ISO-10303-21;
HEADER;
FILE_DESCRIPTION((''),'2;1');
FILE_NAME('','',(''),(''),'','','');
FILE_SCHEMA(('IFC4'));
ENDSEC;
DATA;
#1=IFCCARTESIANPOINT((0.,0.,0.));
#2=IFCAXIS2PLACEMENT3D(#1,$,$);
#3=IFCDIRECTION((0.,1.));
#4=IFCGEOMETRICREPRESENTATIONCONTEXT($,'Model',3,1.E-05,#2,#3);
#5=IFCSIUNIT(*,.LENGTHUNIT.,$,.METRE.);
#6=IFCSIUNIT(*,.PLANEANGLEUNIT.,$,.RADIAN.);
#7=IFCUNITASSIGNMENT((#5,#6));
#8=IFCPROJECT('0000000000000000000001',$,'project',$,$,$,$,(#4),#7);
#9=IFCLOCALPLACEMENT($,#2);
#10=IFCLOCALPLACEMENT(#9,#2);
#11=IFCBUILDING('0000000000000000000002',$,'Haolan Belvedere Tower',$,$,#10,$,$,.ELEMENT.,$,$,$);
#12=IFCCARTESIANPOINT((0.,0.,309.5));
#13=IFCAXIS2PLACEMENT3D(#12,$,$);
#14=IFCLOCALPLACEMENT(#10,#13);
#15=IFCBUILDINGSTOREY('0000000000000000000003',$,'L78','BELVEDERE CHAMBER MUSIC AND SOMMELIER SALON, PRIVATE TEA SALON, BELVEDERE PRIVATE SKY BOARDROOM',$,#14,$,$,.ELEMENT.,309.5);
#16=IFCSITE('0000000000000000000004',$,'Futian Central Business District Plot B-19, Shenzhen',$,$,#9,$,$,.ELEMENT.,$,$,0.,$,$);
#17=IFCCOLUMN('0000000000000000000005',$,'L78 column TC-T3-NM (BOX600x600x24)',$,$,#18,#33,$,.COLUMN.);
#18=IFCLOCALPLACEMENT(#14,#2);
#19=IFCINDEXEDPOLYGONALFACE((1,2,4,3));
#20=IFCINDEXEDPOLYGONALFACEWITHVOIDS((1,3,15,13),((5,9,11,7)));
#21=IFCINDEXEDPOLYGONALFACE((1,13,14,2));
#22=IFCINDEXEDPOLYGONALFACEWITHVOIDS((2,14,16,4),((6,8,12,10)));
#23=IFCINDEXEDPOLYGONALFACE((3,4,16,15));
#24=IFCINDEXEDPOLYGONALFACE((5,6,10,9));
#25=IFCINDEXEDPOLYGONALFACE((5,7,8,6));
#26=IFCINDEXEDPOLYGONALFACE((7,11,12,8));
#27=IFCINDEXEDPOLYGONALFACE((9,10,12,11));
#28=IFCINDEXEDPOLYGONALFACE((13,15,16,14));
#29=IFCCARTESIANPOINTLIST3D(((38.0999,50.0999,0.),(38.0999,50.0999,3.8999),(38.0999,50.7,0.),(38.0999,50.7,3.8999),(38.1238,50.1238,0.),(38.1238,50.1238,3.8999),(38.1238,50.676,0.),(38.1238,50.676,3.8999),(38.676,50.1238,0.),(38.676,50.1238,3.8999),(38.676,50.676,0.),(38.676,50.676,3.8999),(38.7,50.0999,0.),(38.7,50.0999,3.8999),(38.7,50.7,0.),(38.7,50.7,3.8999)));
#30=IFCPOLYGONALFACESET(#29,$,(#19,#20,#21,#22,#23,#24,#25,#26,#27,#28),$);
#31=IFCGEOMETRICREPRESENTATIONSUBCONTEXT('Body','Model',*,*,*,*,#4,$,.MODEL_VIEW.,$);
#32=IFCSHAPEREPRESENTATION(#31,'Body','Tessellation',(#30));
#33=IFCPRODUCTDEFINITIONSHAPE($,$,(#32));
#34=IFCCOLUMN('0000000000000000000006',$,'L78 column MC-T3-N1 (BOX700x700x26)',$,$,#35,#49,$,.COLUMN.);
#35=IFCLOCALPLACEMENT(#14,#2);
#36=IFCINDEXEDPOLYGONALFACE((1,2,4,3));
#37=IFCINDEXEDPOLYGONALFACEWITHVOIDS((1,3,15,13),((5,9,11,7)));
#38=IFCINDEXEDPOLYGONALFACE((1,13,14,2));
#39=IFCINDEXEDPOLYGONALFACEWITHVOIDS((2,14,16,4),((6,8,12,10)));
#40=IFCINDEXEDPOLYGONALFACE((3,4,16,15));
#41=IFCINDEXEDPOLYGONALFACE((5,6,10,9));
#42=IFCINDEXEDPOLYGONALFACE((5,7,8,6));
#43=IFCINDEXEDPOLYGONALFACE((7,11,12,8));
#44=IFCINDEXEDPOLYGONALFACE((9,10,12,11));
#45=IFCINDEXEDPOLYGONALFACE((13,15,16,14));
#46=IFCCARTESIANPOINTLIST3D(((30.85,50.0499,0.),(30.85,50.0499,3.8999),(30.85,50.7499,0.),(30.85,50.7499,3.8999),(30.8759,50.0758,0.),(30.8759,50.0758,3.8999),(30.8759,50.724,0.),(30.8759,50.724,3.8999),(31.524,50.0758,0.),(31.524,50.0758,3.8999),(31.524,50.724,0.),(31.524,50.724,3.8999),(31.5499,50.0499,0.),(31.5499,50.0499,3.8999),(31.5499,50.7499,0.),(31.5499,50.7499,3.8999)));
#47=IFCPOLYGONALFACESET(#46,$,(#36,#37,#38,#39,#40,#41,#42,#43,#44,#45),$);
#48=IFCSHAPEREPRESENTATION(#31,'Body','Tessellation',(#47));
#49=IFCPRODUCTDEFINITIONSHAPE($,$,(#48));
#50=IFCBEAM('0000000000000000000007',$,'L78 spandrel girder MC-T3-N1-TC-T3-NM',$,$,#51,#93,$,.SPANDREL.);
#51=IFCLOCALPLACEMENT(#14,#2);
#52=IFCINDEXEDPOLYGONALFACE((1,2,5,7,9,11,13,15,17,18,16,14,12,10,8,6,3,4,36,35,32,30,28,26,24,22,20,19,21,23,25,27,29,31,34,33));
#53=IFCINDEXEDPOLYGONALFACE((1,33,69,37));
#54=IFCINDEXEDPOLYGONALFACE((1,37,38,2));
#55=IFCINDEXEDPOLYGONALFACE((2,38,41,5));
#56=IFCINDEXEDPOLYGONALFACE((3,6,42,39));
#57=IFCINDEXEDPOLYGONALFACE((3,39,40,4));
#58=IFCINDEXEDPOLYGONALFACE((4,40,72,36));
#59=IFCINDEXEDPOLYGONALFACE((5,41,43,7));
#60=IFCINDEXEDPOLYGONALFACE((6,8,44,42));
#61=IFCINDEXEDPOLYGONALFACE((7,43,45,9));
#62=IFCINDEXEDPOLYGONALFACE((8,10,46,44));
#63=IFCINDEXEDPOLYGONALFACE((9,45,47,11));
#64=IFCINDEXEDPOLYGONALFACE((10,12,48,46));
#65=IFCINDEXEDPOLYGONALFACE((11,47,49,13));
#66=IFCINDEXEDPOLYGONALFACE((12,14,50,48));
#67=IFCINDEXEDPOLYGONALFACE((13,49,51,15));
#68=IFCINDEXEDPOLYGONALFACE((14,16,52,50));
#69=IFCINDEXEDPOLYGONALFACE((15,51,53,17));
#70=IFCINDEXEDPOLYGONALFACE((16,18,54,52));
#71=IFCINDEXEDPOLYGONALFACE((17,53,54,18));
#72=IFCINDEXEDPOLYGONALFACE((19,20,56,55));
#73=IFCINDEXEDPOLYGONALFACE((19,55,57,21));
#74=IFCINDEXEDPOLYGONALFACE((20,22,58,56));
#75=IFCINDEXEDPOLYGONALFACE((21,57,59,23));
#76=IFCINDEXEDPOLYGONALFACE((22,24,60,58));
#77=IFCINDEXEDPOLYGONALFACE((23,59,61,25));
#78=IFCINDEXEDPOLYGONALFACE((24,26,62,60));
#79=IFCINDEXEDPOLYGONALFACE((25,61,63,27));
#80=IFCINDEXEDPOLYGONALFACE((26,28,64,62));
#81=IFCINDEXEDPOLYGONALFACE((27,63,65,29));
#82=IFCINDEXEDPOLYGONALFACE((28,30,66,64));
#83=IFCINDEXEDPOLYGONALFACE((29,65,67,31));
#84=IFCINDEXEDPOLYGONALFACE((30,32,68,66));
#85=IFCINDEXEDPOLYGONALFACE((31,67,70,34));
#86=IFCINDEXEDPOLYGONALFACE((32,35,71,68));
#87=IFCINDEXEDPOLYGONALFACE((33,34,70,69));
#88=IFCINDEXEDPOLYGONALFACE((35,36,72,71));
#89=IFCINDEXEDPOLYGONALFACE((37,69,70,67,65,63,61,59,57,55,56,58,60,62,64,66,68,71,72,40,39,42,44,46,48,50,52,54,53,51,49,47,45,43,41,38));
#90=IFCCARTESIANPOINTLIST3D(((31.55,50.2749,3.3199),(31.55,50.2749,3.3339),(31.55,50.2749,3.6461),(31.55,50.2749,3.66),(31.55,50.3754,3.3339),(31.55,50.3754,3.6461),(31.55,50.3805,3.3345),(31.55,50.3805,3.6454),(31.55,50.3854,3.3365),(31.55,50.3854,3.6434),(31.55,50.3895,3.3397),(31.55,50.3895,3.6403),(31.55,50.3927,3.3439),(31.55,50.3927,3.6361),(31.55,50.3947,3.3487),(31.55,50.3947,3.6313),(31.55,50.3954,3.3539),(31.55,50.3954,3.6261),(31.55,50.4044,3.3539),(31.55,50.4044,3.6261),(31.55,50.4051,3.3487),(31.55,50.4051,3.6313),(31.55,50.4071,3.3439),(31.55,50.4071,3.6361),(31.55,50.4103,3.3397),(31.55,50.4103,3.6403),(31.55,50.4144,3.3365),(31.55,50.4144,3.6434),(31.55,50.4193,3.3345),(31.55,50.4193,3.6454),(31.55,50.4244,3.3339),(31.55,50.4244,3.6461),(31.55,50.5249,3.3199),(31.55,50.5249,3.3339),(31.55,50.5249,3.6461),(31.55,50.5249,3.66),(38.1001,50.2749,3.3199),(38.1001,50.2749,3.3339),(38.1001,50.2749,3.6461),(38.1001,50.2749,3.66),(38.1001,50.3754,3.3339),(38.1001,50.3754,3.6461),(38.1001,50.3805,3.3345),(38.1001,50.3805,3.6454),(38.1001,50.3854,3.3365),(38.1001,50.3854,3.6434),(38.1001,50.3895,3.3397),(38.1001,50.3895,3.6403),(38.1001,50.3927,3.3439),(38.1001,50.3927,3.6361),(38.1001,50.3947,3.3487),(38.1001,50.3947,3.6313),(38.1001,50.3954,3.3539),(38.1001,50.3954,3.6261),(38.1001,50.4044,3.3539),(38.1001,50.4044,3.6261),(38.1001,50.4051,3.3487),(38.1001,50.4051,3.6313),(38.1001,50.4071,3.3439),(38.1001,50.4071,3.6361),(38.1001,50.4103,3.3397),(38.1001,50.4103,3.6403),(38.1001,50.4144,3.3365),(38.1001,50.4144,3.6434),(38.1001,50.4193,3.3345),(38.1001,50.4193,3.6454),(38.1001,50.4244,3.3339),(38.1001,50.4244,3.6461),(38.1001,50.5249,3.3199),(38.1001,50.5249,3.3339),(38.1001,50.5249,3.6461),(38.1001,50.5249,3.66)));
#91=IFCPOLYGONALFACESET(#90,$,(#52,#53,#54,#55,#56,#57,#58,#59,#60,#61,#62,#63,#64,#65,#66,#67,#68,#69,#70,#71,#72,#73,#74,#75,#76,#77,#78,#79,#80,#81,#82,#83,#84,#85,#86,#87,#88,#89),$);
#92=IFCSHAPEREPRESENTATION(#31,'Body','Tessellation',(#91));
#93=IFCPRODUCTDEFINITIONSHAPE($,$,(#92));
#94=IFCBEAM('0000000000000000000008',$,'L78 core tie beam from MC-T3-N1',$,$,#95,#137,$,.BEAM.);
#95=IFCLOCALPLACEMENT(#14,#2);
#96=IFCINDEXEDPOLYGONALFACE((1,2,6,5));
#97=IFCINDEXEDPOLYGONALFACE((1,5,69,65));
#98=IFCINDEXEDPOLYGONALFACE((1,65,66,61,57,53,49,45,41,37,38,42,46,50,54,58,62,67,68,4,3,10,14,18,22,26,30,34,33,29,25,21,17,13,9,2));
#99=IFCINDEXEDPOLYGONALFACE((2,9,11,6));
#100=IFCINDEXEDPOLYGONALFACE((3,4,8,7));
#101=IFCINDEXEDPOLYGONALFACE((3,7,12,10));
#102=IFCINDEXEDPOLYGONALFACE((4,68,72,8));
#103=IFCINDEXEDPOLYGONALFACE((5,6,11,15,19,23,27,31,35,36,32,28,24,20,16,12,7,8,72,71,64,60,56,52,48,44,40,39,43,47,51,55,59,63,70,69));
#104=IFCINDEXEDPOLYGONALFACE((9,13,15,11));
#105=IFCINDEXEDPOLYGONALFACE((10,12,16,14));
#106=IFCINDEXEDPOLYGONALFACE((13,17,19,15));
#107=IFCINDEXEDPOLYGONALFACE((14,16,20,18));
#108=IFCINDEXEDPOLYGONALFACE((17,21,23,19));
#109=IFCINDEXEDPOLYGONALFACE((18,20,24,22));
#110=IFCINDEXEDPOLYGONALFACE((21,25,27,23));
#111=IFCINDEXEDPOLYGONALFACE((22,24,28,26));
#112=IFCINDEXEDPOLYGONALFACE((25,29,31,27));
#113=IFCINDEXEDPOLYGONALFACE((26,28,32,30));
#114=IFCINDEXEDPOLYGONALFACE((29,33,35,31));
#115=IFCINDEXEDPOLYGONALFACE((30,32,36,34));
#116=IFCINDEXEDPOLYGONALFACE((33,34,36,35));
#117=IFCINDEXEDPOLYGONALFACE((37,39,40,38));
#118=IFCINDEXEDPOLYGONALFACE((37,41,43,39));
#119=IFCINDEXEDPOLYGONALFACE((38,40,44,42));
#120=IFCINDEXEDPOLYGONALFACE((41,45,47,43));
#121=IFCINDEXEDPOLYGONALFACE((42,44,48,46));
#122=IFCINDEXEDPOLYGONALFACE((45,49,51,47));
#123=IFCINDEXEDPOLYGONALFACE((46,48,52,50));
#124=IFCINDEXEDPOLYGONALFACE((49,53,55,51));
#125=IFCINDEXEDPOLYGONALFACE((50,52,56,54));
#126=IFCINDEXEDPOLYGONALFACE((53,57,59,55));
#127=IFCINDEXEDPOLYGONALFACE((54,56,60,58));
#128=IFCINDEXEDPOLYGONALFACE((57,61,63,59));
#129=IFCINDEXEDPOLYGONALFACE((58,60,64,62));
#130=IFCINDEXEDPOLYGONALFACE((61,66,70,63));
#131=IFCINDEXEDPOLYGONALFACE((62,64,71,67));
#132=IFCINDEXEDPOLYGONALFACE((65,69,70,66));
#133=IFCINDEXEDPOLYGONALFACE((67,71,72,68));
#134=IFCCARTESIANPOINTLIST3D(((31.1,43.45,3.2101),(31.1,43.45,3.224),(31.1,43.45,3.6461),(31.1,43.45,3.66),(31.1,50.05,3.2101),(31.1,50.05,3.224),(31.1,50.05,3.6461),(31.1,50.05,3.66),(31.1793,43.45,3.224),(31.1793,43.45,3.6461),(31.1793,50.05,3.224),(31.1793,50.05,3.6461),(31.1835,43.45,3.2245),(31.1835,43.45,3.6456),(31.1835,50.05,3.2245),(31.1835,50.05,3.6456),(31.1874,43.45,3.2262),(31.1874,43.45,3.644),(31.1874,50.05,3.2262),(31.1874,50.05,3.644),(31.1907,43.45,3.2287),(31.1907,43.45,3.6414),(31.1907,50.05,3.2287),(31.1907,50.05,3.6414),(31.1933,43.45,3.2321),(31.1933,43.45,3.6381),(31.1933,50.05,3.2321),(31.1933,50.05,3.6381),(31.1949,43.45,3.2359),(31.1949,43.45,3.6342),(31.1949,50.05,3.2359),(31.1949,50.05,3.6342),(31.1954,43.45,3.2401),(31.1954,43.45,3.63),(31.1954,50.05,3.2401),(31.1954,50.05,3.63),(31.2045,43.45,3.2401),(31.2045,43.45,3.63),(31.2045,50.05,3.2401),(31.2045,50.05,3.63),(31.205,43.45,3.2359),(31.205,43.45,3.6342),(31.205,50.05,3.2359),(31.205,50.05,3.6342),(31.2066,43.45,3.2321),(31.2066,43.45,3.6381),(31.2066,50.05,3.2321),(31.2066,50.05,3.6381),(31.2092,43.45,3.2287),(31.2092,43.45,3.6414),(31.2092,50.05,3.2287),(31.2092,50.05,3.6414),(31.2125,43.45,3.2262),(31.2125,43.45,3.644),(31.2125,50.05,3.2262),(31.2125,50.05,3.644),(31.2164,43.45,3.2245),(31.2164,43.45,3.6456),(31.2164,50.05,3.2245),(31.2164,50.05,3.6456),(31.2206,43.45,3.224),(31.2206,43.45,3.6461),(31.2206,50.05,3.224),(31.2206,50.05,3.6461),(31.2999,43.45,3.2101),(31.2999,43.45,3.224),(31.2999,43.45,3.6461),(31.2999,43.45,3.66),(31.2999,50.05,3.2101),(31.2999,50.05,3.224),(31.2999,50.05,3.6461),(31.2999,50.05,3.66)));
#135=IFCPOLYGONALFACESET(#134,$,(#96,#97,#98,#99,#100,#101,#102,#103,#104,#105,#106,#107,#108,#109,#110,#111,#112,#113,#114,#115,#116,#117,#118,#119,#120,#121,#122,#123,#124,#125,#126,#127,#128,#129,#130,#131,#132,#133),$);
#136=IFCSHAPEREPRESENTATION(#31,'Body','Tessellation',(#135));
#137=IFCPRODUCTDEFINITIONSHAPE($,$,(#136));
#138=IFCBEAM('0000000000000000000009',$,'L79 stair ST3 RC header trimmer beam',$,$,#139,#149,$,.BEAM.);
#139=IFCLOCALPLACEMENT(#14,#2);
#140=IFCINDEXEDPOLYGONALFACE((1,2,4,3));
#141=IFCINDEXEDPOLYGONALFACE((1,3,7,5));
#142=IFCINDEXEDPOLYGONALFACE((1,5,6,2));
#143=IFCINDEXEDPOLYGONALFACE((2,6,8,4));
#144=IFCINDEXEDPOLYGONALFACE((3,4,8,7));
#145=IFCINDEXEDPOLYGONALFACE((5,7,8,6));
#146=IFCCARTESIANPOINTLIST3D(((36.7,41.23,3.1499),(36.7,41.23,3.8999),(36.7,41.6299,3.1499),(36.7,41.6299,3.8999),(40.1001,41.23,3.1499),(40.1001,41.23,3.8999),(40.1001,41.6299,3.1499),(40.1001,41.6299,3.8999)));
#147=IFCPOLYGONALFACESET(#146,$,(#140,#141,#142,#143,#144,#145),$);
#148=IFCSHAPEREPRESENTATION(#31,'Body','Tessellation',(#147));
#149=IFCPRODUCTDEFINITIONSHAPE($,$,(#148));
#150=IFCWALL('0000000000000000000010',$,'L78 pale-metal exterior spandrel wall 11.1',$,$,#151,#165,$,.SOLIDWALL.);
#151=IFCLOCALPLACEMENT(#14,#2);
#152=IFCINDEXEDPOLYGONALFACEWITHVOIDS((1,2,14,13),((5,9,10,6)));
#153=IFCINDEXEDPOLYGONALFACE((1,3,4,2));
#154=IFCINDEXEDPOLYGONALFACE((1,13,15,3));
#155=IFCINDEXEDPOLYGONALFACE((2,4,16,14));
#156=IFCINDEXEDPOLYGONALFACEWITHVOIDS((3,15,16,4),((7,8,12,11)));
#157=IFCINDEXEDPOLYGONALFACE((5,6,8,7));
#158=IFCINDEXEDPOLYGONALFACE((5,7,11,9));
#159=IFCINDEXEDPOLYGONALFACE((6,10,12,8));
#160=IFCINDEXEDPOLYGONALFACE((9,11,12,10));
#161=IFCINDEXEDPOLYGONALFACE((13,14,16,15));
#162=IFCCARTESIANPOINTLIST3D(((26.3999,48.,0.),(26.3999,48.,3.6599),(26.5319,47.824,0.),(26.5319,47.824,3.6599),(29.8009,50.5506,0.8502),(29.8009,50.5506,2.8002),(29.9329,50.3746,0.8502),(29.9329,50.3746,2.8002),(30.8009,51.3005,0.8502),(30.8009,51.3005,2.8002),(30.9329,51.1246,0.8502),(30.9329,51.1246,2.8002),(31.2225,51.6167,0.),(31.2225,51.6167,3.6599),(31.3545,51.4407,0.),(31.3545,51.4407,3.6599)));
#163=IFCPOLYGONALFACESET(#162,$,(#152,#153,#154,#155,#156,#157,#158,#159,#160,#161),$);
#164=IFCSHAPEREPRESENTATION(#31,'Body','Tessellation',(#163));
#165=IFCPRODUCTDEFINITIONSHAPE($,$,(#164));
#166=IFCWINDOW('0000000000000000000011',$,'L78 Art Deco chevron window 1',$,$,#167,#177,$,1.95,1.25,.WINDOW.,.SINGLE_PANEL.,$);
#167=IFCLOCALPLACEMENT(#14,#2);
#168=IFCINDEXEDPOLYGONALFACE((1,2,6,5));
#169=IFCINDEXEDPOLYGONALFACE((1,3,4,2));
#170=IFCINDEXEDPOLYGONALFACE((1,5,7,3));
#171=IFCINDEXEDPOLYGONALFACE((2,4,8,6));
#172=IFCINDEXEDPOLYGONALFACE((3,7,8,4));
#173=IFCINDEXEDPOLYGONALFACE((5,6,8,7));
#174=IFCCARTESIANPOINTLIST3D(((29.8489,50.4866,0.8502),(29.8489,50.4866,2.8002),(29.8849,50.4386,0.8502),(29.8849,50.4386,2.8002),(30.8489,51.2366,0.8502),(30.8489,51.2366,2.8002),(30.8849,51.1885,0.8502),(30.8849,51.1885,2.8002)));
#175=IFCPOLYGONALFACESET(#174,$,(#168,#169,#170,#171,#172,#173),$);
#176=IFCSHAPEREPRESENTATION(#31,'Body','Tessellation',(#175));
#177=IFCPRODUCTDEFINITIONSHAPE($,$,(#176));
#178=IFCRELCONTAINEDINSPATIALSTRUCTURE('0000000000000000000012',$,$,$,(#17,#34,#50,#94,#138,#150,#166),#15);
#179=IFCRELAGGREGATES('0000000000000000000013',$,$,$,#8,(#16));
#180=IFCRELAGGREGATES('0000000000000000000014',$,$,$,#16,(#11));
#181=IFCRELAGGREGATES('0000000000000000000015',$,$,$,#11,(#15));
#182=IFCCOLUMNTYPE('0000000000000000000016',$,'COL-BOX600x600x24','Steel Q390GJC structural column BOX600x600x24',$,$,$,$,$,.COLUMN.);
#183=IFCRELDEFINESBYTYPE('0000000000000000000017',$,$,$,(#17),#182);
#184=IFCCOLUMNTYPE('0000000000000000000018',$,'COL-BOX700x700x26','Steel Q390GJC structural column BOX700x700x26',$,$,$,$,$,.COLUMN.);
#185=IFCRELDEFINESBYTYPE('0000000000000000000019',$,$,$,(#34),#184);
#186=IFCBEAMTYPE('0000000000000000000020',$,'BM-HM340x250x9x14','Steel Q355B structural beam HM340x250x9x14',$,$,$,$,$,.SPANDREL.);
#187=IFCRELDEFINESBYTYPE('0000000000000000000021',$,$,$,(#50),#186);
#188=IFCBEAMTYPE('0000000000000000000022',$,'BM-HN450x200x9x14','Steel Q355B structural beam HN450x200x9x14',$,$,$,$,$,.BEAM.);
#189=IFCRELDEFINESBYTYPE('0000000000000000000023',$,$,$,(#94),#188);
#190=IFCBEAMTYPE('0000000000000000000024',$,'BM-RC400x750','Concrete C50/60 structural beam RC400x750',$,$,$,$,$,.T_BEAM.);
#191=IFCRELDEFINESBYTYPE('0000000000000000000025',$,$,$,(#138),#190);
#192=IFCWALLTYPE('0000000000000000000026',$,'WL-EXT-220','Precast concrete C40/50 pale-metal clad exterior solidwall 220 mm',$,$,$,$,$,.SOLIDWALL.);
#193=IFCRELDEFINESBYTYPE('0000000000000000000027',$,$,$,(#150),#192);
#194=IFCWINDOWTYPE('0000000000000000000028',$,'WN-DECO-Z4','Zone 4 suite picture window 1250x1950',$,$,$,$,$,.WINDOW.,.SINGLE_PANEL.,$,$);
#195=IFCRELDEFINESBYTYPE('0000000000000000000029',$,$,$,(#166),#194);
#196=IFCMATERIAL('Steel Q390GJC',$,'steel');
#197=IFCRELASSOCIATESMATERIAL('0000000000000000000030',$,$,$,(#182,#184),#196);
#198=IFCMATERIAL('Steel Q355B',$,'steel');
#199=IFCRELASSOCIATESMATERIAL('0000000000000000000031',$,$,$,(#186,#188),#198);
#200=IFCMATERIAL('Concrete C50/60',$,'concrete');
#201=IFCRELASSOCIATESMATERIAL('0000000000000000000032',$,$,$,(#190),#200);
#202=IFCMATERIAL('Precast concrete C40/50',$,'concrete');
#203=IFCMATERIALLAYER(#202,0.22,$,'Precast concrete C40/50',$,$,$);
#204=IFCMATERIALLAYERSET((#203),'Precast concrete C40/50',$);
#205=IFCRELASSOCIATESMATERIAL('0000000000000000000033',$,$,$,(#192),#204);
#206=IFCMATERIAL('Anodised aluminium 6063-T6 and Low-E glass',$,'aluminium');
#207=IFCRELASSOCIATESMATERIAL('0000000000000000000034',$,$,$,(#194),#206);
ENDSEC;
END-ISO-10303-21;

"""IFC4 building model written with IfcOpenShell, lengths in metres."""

from ifc_helpers import new_model, si_unit, direction, frame, frame_2d, origin, origin_2d, place, context, subcontext, project, spatial, rectangle, hollow_rectangle, i_section, extrude, material, layer, layer_set, material_profile, profile_set, type_object, element, fill, save


model = new_model("IFC4")

# Units and contexts
model_context = context("Model", 3, precision=1e-05, world=origin(), true_north=direction((0.0, 1.0)))
body_context = subcontext(model_context, "Body", "Model", "MODEL_VIEW")
ifc_project = project(units=[si_unit("LENGTHUNIT", "METRE"), si_unit("PLANEANGLEUNIT", "RADIAN")], contexts=[model_context])

# Site, building, storey
site_placement = place(None, origin())
site = spatial("IfcSite", under=ifc_project, at=site_placement, Name="Futian Central Business District Plot B-19, Shenzhen", CompositionType="ELEMENT", RefElevation=0.0)
building_placement = place(site_placement, origin())
building = spatial("IfcBuilding", under=site, at=building_placement, Name="Haolan Belvedere Tower", CompositionType="ELEMENT")
storey_placement = place(building_placement, frame((0.0, 0.0, 309.5)))
storey = spatial("IfcBuildingStorey", under=building, at=storey_placement, Name="L78", Description="BELVEDERE CHAMBER MUSIC AND SOMMELIER SALON, PRIVATE TEA SALON, BELVEDERE PRIVATE SKY BOARDROOM", CompositionType="ELEMENT", Elevation=309.5)

# Columns
ifc_material_1 = material(Name="Steel Q390GJC", Category="steel")
ifc_material_profile_1 = material_profile(ifc_material_1, hollow_rectangle(XDim=0.6001, YDim=0.6001, WallThickness=0.0239, at=origin_2d()), Name="Steel Q390GJC")
ifc_profile_set_1 = profile_set([ifc_material_profile_1], Name="Steel Q390GJC")
column_type_1 = type_object("IfcColumnType", Name="COL-BOX600x600x24", Description="Steel Q390GJC structural column BOX600x600x24", PredefinedType="COLUMN", material=ifc_profile_set_1)
column_1_placement = place(storey_placement, frame((38.3999, 50.3999, 0.0), z_axis=(0.0, 0.0, 1.0), x_axis=(1.0, 0.0, 0.0)))
element("IfcColumn", 1, at=column_1_placement, inside=storey, type_object=column_type_1, Name="L78 column TC-T3-NM (BOX600x600x24)", PredefinedType="COLUMN", context=body_context, shape_type="SweptSolid", body=[
    extrude(hollow_rectangle(XDim=0.6001, YDim=0.6001, WallThickness=0.0239, at=origin_2d()), origin(), (0.0, 0.0, 1.0), 3.8999),
])
ifc_material_profile_2 = material_profile(ifc_material_1, hollow_rectangle(XDim=0.7, YDim=0.7, WallThickness=0.0259, at=origin_2d()), Name="Steel Q390GJC")
ifc_profile_set_2 = profile_set([ifc_material_profile_2], Name="Steel Q390GJC")
column_type_2 = type_object("IfcColumnType", Name="COL-BOX700x700x26", Description="Steel Q390GJC structural column BOX700x700x26", PredefinedType="COLUMN", material=ifc_profile_set_2)
column_2_placement = place(storey_placement, frame((31.2, 50.3999, 0.0), z_axis=(0.0, 0.0, 1.0), x_axis=(1.0, 0.0, 0.0)))
element("IfcColumn", 2, at=column_2_placement, inside=storey, type_object=column_type_2, Name="L78 column MC-T3-N1 (BOX700x700x26)", PredefinedType="COLUMN", context=body_context, shape_type="SweptSolid", body=[
    extrude(hollow_rectangle(XDim=0.7, YDim=0.7, WallThickness=0.0259, at=origin_2d()), origin(), (0.0, 0.0, 1.0), 3.8999),
])

# Beams
ifc_material_2 = material(Name="Steel Q355B", Category="steel")
ifc_material_profile_3 = material_profile(ifc_material_2, i_section(OverallWidth=0.25, OverallDepth=0.3401, WebThickness=0.009, FlangeThickness=0.0139, FilletRadius=0.02, at=origin_2d()), Name="Steel Q355B")
ifc_profile_set_3 = profile_set([ifc_material_profile_3], Name="Steel Q355B")
beam_type_1 = type_object("IfcBeamType", Name="BM-HM340x250x9x14", Description="Steel Q355B structural beam HM340x250x9x14", PredefinedType="SPANDREL", material=ifc_profile_set_3)
beam_1_placement = place(storey_placement, frame((31.55, 50.3999, 3.49), z_axis=(1.0, 0.0, 0.0), x_axis=(0.0, 1.0, 0.0)))
element("IfcBeam", 3, at=beam_1_placement, inside=storey, type_object=beam_type_1, Name="L78 spandrel girder MC-T3-N1-TC-T3-NM", PredefinedType="SPANDREL", context=body_context, shape_type="SweptSolid", body=[
    extrude(i_section(OverallWidth=0.25, OverallDepth=0.3401, WebThickness=0.009, FlangeThickness=0.0139, FilletRadius=0.02, at=origin_2d()), origin(), (0.0, 0.0, 1.0), 6.55),
])
ifc_material_profile_4 = material_profile(ifc_material_2, i_section(OverallWidth=0.2, OverallDepth=0.45, WebThickness=0.009, FlangeThickness=0.0139, FilletRadius=0.0161, at=origin_2d()), Name="Steel Q355B")
ifc_profile_set_4 = profile_set([ifc_material_profile_4], Name="Steel Q355B")
beam_type_2 = type_object("IfcBeamType", Name="BM-HN450x200x9x14", Description="Steel Q355B structural beam HN450x200x9x14", PredefinedType="BEAM", material=ifc_profile_set_4)
beam_2_placement = place(storey_placement, frame((31.2, 50.05, 3.4351), z_axis=(0.0, -1.0, 0.0), x_axis=(1.0, 0.0, 0.0)))
element("IfcBeam", 4, at=beam_2_placement, inside=storey, type_object=beam_type_2, Name="L78 core tie beam from MC-T3-N1", PredefinedType="BEAM", context=body_context, shape_type="SweptSolid", body=[
    extrude(i_section(OverallWidth=0.2, OverallDepth=0.45, WebThickness=0.009, FlangeThickness=0.0139, FilletRadius=0.0161, at=origin_2d()), origin(), (0.0, 0.0, 1.0), 6.6001),
])
ifc_material_3 = material(Name="Concrete C50/60", Category="concrete")
ifc_material_profile_5 = material_profile(ifc_material_3, rectangle(XDim=0.3999, YDim=0.75, at=origin_2d()), Name="Concrete C50/60")
ifc_profile_set_5 = profile_set([ifc_material_profile_5], Name="Concrete C50/60")
beam_type_3 = type_object("IfcBeamType", Name="BM-RC400x750", Description="Concrete C50/60 structural beam RC400x750", PredefinedType="T_BEAM", material=ifc_profile_set_5)
beam_3_placement = place(storey_placement, frame((36.7, 41.4299, 3.5249), z_axis=(1.0, 0.0, 0.0), x_axis=(0.0, 1.0, 0.0)))
element("IfcBeam", 5, at=beam_3_placement, inside=storey, type_object=beam_type_3, Name="L79 stair ST3 RC header trimmer beam", PredefinedType="BEAM", context=body_context, shape_type="SweptSolid", body=[
    extrude(rectangle(XDim=0.3999, YDim=0.75, at=origin_2d()), origin(), (0.0, 0.0, 1.0), 3.4001),
])

# Wall, opening, window
ifc_material_4 = material(Name="Precast concrete C40/50", Category="concrete")
ifc_layer_1 = layer(ifc_material_4, 0.22, Name="Precast concrete C40/50")
ifc_layer_set_1 = layer_set([ifc_layer_1], Name="Precast concrete C40/50")
wall_type_1 = type_object("IfcWallType", Name="WL-EXT-220", Description="Precast concrete C40/50 pale-metal clad exterior solidwall 220 mm", PredefinedType="SOLIDWALL", material=ifc_layer_set_1)
wall_1_placement = place(storey_placement, frame((31.2886, 51.5288, 0.0), z_axis=(0.0, 0.0, 1.0), x_axis=(-0.800015, -0.599981, 0.0)))
wall_1 = element("IfcWall", 6, at=wall_1_placement, inside=storey, type_object=wall_type_1, Name="L78 pale-metal exterior spandrel wall 11.1", PredefinedType="SOLIDWALL", context=body_context, shape_type="SweptSolid", body=[
    extrude(rectangle(XDim=6.0281, YDim=0.22, at=frame_2d((3.0142, 0.0))), origin(), (0.0, 0.0, 1.0), 3.6599),
])
opening_1_placement = place(wall_1_placement, frame((0.5271, 0.0, 0.8501)))
opening_1 = element("IfcOpeningElement", 7, at=opening_1_placement, cuts=wall_1, PredefinedType="OPENING", context=body_context, shape_type="SweptSolid", body=[
    extrude(rectangle(XDim=1.25, YDim=1.95, at=frame_2d((0.625, 0.9751))), frame((0.0, 0.1199, 0.0), z_axis=(0.0, -1.0, 0.0), x_axis=(1.0, 0.0, 0.0)), (0.0, 0.0, 1.0), 0.24),
])
ifc_material_5 = material(Name="Anodised aluminium 6063-T6 and Low-E glass", Category="aluminium")
window_type = type_object("IfcWindowType", Name="WN-DECO-Z4", Description="Zone 4 suite picture window 1250x1950", PartitioningType="SINGLE_PANEL", PredefinedType="WINDOW", material=ifc_material_5)
window_placement = place(opening_1_placement, origin())
window = element("IfcWindow", 8, at=window_placement, inside=storey, type_object=window_type, Name="L78 Art Deco chevron window 1", OverallHeight=1.95, OverallWidth=1.25, PartitioningType="SINGLE_PANEL", PredefinedType="WINDOW", context=body_context, shape_type="SweptSolid", body=[
    extrude(rectangle(XDim=1.25, YDim=1.95, at=frame_2d((0.625, 0.9751))), frame((0.0, 0.03, 0.0), z_axis=(0.0, -1.0, 0.0), x_axis=(1.0, 0.0, 0.0)), (0.0, 0.0, 1.0), 0.0601),
])
fill(opening_1, window)

save(model, "model.ifc")
